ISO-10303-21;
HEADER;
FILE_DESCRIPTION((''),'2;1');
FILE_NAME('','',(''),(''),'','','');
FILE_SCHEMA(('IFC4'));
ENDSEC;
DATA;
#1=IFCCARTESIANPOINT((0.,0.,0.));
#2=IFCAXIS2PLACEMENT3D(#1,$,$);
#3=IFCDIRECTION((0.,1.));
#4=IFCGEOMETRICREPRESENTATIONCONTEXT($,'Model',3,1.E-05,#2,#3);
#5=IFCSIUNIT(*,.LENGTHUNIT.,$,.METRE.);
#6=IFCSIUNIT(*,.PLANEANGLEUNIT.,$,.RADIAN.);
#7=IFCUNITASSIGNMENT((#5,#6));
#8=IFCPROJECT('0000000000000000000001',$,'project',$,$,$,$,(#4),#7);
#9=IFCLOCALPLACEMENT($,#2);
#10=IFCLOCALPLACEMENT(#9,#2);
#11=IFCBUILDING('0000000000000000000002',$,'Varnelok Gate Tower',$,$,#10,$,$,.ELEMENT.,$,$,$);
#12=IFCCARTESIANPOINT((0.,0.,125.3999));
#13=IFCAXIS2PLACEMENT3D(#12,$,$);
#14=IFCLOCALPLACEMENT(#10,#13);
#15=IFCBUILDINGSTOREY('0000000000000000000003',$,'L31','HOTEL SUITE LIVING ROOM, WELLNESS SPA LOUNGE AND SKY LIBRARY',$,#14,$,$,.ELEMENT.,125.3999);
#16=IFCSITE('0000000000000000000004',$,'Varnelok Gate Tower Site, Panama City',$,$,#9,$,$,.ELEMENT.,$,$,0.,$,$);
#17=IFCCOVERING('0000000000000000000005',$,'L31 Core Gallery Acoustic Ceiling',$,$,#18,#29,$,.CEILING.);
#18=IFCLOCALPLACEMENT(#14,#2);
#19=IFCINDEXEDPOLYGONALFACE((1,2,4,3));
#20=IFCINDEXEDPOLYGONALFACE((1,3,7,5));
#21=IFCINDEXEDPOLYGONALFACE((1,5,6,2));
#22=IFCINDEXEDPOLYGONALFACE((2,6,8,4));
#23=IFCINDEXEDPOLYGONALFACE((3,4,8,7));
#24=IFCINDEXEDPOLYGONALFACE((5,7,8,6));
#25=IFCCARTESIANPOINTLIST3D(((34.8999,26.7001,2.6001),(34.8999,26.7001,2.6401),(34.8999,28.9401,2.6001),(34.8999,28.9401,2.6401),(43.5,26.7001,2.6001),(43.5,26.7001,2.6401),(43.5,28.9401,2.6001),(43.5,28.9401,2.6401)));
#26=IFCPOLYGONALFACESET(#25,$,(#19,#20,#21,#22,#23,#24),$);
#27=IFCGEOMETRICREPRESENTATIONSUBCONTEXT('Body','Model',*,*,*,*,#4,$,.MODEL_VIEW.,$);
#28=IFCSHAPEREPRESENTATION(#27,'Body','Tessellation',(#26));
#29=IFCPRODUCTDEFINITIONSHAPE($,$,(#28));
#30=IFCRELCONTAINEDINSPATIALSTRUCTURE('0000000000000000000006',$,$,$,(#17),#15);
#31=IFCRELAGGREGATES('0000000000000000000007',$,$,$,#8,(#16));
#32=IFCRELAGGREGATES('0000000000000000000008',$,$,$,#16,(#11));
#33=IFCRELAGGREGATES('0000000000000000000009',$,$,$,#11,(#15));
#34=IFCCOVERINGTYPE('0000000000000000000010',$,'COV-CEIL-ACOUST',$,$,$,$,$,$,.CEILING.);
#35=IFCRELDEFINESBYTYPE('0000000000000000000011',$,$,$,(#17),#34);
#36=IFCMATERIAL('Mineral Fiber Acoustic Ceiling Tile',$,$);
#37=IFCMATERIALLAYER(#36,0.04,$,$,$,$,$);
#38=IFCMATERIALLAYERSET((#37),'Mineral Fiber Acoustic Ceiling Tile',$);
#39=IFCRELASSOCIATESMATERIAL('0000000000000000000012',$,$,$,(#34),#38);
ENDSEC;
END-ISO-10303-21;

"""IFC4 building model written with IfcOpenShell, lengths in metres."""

from ifc_helpers import new_model, si_unit, direction, frame, origin, origin_2d, place, context, subcontext, project, spatial, rectangle, extrude, source, transform, mapped, material, layer, layer_set, type_object, element, save


model = new_model("IFC4")

# Units and contexts
model_context = context("Model", 3, precision=1e-05, world=origin(), true_north=direction((0.0, 1.0)))
body_context = subcontext(model_context, "Body", "Model", "MODEL_VIEW")
ifc_project = project(units=[si_unit("LENGTHUNIT", "METRE"), si_unit("PLANEANGLEUNIT", "RADIAN")], contexts=[model_context])

# Site, building, storey
site_placement = place(None, origin())
site = spatial("IfcSite", under=ifc_project, at=site_placement, Name="Varnelok Gate Tower Site, Panama City", CompositionType="ELEMENT", RefElevation=0.0)
building_placement = place(site_placement, origin())
building = spatial("IfcBuilding", under=site, at=building_placement, Name="Varnelok Gate Tower", CompositionType="ELEMENT")
storey_placement = place(building_placement, frame((0.0, 0.0, 125.3999)))
storey = spatial("IfcBuildingStorey", under=building, at=storey_placement, Name="L31", Description="HOTEL SUITE LIVING ROOM, WELLNESS SPA LOUNGE AND SKY LIBRARY", CompositionType="ELEMENT", Elevation=125.3999)

# Covering
ifc_material_1 = material(Name="Mineral Fiber Acoustic Ceiling Tile")
ifc_layer_1 = layer(ifc_material_1, 0.04)
ifc_layer_set_1 = layer_set([ifc_layer_1], Name="Mineral Fiber Acoustic Ceiling Tile")
covering_type_1 = type_object("IfcCoveringType", Name="COV-CEIL-ACOUST", PredefinedType="CEILING", material=ifc_layer_set_1)
shared_shape_1 = source(origin(), body_context, "Body", "SweptSolid", [
    extrude(rectangle(XDim=8.6001, YDim=2.24, at=origin_2d()), origin(), (0.0, 0.0, 1.0), 0.04),
])
covering_1_placement = place(storey_placement, frame((39.2, 27.8201, 2.6001), z_axis=(0.0, 0.0, 1.0), x_axis=(1.0, 0.0, 0.0)))
element("IfcCovering", 1, at=covering_1_placement, inside=storey, type_object=covering_type_1, Name="L31 Core Gallery Acoustic Ceiling", PredefinedType="CEILING", context=body_context, shape_type="MappedRepresentation", body=[
    mapped(shared_shape_1, transform((0.0, 0.0, 0.0), scale=1.0)),
])

save(model, "model.ifc")
